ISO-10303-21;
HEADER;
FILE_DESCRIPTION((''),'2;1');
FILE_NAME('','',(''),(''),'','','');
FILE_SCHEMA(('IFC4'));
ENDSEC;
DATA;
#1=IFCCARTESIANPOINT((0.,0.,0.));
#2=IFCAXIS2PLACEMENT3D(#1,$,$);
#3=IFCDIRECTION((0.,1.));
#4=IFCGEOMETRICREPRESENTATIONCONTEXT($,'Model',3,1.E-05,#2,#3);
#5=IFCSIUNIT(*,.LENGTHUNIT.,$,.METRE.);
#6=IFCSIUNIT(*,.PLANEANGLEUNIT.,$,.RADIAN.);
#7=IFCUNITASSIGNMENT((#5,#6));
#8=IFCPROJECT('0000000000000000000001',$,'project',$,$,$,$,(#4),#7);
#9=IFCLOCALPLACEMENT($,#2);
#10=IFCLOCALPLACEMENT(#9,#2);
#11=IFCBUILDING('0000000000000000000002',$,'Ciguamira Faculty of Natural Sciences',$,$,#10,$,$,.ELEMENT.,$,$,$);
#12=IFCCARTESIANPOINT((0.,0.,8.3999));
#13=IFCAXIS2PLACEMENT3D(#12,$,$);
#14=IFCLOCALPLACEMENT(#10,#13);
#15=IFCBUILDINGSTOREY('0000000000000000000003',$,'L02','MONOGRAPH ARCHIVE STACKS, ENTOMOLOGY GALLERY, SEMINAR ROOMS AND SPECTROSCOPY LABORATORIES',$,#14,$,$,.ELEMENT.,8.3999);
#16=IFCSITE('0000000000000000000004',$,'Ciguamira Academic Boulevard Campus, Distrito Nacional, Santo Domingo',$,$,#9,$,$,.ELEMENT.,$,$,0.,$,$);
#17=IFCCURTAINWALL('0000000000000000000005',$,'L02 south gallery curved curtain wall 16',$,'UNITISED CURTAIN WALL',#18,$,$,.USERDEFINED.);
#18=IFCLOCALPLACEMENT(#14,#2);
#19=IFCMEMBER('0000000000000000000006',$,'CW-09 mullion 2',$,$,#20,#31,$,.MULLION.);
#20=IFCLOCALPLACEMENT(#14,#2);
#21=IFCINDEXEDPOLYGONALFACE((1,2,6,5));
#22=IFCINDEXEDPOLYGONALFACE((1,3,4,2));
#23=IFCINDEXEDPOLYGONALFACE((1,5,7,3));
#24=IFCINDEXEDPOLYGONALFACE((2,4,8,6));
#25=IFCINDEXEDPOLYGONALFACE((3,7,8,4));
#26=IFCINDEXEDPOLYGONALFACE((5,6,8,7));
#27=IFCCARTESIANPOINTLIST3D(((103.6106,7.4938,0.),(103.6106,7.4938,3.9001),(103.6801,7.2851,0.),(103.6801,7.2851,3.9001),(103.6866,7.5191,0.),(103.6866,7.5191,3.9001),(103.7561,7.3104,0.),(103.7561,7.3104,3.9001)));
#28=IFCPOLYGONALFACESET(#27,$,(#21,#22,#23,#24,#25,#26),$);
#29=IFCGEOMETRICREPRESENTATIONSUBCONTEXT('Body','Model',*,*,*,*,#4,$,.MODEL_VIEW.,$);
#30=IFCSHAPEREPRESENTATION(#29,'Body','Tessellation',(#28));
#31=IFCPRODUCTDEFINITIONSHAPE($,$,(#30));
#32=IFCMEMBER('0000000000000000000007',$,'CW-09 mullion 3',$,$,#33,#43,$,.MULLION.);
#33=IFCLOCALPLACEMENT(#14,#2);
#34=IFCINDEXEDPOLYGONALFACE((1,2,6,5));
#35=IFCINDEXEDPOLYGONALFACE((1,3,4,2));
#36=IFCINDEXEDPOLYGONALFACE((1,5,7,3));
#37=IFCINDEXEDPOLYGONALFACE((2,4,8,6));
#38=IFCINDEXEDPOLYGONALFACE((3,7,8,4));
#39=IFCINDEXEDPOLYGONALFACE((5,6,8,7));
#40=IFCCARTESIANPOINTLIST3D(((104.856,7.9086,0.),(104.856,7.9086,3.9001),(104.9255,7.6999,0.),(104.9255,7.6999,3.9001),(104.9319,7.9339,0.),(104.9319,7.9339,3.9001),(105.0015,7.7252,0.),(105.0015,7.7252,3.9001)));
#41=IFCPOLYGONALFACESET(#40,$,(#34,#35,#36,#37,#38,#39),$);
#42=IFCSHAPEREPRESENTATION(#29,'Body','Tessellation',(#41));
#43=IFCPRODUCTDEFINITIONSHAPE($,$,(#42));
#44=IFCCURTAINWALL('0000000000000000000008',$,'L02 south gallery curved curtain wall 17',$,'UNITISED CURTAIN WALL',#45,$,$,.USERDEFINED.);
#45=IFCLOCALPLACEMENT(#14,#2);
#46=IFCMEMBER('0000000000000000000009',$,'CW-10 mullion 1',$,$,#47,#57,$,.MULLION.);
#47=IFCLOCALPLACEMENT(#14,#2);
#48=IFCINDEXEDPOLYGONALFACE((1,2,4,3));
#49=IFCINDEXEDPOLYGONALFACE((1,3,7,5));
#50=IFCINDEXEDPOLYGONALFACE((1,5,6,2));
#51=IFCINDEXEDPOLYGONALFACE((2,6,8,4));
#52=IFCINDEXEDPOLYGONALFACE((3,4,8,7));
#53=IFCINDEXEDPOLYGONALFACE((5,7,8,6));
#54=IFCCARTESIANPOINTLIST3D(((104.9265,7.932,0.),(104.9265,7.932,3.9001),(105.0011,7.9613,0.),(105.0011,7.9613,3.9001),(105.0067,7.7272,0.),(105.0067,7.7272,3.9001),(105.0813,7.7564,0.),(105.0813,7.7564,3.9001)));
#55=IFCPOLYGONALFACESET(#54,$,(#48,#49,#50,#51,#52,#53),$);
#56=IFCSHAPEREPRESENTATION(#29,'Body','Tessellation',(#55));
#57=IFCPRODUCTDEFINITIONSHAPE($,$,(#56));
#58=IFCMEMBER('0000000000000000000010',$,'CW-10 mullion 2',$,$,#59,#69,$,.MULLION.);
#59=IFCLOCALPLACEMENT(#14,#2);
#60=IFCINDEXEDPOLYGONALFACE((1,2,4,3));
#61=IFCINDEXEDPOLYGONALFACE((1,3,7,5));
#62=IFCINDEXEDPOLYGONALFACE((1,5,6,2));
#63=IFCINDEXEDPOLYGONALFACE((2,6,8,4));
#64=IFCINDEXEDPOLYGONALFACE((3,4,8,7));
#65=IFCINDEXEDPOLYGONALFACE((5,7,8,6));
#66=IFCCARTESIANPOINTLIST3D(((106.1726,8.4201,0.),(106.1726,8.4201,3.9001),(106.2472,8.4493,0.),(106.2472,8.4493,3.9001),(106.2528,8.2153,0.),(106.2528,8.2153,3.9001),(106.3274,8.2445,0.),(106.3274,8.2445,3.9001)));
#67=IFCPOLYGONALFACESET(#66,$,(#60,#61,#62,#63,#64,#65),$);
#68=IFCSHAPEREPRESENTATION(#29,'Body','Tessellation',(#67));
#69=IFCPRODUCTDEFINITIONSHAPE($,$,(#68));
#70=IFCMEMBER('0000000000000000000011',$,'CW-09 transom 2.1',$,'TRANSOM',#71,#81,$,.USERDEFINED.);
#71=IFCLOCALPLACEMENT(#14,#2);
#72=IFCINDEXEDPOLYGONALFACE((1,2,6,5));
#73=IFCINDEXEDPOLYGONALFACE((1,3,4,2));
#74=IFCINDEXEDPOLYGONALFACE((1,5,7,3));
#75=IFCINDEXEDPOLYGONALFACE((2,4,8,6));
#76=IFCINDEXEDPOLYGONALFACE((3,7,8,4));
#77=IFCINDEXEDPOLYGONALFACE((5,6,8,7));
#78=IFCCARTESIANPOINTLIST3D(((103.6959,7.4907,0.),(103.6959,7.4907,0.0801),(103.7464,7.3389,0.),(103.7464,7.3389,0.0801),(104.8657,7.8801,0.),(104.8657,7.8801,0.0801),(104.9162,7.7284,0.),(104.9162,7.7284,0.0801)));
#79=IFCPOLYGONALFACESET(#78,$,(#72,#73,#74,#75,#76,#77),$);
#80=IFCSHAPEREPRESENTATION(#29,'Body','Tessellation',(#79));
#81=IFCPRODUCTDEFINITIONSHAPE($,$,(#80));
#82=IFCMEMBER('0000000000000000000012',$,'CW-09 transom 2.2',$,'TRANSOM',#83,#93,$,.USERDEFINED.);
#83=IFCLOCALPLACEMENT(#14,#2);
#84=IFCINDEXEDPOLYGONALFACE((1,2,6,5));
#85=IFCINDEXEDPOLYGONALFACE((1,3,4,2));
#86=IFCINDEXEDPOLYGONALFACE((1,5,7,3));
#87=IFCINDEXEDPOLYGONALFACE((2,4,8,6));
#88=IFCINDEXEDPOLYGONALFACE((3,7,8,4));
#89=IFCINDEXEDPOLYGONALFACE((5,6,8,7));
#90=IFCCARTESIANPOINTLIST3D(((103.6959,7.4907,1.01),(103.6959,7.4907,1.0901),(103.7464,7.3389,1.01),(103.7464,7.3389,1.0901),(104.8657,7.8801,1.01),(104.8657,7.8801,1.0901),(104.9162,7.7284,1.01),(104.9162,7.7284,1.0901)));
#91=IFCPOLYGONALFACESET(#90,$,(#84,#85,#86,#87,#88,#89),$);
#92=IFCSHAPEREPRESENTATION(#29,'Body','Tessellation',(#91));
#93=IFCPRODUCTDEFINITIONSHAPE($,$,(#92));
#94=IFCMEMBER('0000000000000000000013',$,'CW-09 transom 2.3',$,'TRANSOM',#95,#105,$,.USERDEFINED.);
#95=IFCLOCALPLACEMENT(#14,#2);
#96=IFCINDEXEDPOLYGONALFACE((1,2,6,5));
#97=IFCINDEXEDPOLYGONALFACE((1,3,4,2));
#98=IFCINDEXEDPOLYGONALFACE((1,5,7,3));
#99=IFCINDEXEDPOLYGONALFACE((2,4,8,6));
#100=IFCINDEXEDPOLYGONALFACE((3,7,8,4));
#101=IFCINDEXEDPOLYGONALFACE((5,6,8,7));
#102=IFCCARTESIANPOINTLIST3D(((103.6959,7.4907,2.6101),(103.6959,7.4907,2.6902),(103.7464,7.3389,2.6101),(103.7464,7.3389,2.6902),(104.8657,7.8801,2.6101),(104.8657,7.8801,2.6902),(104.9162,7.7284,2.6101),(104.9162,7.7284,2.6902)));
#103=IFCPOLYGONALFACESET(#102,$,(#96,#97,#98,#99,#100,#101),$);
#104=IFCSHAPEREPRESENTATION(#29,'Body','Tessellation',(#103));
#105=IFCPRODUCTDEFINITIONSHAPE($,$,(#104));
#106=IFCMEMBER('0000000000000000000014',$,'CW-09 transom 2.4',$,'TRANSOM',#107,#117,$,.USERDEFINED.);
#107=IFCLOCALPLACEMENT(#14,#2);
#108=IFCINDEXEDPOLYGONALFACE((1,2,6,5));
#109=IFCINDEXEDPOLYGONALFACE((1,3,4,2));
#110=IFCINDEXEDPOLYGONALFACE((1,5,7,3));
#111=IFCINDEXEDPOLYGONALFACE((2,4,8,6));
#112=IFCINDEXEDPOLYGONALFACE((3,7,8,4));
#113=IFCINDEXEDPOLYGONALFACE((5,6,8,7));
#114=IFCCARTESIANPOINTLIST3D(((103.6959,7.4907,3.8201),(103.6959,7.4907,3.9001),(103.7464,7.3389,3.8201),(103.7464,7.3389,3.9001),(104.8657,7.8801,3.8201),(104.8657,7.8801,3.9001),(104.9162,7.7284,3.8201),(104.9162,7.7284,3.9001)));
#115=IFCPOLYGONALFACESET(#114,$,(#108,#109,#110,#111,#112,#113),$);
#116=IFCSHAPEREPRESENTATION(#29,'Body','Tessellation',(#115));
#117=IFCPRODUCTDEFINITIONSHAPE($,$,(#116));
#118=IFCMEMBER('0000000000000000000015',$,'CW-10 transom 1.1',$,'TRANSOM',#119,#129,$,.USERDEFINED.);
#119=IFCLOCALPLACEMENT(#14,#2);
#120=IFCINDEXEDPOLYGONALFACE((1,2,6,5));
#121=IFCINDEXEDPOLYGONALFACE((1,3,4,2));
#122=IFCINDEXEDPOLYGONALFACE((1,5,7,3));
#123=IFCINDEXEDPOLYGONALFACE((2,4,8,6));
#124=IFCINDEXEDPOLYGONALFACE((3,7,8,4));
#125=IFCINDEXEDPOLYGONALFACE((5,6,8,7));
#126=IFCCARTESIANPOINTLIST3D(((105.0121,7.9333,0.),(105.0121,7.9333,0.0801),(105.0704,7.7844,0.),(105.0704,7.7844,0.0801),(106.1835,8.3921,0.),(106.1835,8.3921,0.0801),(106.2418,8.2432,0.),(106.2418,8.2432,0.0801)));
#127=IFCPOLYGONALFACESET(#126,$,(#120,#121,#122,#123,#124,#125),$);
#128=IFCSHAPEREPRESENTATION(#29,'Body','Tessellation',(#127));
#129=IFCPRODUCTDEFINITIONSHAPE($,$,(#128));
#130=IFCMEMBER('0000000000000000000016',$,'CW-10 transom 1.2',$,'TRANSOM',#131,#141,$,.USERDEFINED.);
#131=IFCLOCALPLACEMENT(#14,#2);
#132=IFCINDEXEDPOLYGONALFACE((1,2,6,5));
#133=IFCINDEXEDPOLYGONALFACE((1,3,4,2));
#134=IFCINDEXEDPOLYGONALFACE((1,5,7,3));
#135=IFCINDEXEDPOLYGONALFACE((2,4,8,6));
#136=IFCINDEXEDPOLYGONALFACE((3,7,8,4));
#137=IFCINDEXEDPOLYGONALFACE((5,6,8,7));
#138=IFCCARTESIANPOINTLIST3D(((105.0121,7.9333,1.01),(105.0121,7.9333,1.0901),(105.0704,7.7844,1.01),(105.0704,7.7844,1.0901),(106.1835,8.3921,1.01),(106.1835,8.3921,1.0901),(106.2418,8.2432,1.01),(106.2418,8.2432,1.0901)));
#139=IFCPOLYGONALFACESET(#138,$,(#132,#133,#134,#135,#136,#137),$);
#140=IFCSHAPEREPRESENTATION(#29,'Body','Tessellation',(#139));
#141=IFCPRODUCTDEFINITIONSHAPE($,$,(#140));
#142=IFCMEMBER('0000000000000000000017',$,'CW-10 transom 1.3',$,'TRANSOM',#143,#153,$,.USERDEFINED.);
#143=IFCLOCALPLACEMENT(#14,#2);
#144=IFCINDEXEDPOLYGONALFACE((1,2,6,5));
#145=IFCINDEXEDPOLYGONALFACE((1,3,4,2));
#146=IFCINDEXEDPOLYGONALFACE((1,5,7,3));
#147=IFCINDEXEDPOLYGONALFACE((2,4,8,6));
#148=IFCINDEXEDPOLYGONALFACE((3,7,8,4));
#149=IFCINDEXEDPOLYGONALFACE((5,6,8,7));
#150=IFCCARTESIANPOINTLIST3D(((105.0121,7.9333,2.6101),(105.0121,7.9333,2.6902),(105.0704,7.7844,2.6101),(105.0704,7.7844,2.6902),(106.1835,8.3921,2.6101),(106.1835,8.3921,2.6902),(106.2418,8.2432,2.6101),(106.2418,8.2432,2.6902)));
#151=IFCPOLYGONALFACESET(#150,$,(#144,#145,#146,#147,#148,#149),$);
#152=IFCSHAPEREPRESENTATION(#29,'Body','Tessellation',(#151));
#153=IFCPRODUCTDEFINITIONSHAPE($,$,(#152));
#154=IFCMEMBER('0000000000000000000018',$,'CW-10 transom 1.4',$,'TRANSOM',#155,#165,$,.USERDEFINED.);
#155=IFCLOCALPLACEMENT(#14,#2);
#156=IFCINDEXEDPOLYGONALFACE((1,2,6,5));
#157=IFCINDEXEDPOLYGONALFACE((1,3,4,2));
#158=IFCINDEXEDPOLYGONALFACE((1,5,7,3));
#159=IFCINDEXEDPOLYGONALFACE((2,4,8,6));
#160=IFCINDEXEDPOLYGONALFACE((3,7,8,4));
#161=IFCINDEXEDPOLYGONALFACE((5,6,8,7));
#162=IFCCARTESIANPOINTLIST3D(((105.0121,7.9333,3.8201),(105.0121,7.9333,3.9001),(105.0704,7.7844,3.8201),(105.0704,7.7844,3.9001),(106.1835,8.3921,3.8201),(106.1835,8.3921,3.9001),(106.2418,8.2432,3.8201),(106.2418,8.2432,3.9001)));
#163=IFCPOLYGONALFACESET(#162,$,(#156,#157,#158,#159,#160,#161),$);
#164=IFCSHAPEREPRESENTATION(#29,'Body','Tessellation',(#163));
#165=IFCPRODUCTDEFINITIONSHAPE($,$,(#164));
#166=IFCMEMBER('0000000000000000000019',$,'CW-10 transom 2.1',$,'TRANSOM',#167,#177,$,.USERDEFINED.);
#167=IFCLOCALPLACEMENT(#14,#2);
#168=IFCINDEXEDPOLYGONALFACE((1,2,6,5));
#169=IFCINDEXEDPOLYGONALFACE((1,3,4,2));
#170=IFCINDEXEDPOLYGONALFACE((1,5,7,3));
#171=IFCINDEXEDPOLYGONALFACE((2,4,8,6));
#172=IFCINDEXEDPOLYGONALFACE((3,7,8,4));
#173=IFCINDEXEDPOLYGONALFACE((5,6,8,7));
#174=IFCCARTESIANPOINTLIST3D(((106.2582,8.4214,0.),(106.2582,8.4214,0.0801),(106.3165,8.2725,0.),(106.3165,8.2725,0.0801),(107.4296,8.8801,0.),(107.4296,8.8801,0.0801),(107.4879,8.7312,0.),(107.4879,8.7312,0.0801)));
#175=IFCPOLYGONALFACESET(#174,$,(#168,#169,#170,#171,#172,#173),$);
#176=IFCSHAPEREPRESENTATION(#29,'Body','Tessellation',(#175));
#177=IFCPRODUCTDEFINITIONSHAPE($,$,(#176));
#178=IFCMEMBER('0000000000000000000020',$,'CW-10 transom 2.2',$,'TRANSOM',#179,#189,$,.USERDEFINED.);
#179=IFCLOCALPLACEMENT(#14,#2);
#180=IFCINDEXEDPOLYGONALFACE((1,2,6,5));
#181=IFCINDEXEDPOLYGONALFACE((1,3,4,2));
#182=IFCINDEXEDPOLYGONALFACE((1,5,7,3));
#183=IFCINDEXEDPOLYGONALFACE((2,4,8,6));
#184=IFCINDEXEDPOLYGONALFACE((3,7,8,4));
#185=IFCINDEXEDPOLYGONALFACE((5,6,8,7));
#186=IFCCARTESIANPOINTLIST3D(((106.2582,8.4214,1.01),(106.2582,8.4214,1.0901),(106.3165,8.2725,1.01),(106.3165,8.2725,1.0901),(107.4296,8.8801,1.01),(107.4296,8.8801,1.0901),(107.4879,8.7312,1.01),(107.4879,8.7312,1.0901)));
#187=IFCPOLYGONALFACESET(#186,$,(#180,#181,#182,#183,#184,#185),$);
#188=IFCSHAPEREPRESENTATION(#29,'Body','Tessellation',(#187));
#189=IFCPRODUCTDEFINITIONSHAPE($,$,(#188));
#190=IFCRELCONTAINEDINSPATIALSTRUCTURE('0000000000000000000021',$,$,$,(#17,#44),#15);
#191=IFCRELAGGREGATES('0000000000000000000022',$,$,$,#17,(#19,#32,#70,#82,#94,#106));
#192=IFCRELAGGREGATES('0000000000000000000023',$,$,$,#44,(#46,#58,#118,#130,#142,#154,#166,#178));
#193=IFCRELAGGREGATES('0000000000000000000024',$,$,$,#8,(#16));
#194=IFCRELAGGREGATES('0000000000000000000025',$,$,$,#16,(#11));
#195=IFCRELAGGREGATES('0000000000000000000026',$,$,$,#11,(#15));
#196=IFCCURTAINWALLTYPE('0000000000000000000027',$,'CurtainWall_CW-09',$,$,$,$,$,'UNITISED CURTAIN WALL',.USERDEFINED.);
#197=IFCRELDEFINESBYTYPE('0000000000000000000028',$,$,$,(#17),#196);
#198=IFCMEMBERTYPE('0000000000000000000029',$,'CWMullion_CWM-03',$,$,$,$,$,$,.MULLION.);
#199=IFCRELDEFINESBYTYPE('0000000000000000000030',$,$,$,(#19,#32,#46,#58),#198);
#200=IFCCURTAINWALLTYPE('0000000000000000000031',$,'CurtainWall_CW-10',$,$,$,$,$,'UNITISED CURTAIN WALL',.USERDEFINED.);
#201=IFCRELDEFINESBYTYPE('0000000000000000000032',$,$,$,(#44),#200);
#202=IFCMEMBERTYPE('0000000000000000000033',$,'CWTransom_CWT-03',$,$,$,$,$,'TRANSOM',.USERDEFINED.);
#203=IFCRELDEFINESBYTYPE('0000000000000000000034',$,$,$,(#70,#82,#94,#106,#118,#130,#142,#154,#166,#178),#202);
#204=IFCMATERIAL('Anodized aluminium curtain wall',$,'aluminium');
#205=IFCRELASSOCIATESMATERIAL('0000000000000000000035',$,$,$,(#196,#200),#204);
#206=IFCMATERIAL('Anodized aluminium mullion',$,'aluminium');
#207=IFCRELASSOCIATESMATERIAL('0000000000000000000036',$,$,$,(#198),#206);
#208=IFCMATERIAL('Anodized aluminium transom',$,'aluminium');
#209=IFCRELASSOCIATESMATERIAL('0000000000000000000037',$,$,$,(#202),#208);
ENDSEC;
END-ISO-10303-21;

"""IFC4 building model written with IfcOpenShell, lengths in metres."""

from ifc_helpers import new_model, si_unit, direction, frame, origin, origin_2d, place, context, subcontext, project, spatial, rectangle, extrude, material, material_profile, profile_set, type_object, element, aggregate, save


model = new_model("IFC4")

# Units and contexts
model_context = context("Model", 3, precision=1e-05, world=origin(), true_north=direction((0.0, 1.0)))
body_context = subcontext(model_context, "Body", "Model", "MODEL_VIEW")
ifc_project = project(units=[si_unit("LENGTHUNIT", "METRE"), si_unit("PLANEANGLEUNIT", "RADIAN")], contexts=[model_context])

# Site, building, storey
site_placement = place(None, origin())
site = spatial("IfcSite", under=ifc_project, at=site_placement, Name="Ciguamira Academic Boulevard Campus, Distrito Nacional, Santo Domingo", CompositionType="ELEMENT", RefElevation=0.0)
building_placement = place(site_placement, origin())
building = spatial("IfcBuilding", under=site, at=building_placement, Name="Ciguamira Faculty of Natural Sciences", CompositionType="ELEMENT")
storey_placement = place(building_placement, frame((0.0, 0.0, 8.3999)))
storey = spatial("IfcBuildingStorey", under=building, at=storey_placement, Name="L02", Description="MONOGRAPH ARCHIVE STACKS, ENTOMOLOGY GALLERY, SEMINAR ROOMS AND SPECTROSCOPY LABORATORIES", CompositionType="ELEMENT", Elevation=8.3999)

# Curtain walls, members
ifc_material_1 = material(Name="Anodized aluminium curtain wall", Category="aluminium")
curtain_wall_type_1 = type_object("IfcCurtainWallType", Name="CurtainWall_CW-09", ElementType="UNITISED CURTAIN WALL", PredefinedType="USERDEFINED", material=ifc_material_1)
curtain_wall_1_placement = place(storey_placement, origin())
curtain_wall_1 = element("IfcCurtainWall", 1, at=curtain_wall_1_placement, inside=storey, type_object=curtain_wall_type_1, Name="L02 south gallery curved curtain wall 16", ObjectType="UNITISED CURTAIN WALL", PredefinedType="USERDEFINED")
ifc_material_2 = material(Name="Anodized aluminium mullion", Category="aluminium")
ifc_material_profile_1 = material_profile(ifc_material_2, rectangle(XDim=0.0801, YDim=0.22, at=origin_2d()), Name="ALU-MUL-80X220")
ifc_profile_set_1 = profile_set([ifc_material_profile_1], Name="Anodized aluminium mullion")
member_type_1 = type_object("IfcMemberType", Name="CWMullion_CWM-03", PredefinedType="MULLION", material=ifc_profile_set_1)
member_1_placement = place(storey_placement, frame((103.6833, 7.4021, 0.0), z_axis=(0.0, 0.0, 1.0), x_axis=(0.948735, 0.316073, 0.0)))
member_1 = element("IfcMember", 2, at=member_1_placement, type_object=member_type_1, Name="CW-09 mullion 2", PredefinedType="MULLION", context=body_context, shape_type="SweptSolid", body=[
    extrude(rectangle(XDim=0.0801, YDim=0.22, at=origin_2d()), origin(), (0.0, 0.0, 1.0), 3.9001),
])
member_2_placement = place(storey_placement, frame((104.9287, 7.8169, 0.0), z_axis=(0.0, 0.0, 1.0), x_axis=(0.948735, 0.316073, 0.0)))
member_2 = element("IfcMember", 3, at=member_2_placement, type_object=member_type_1, Name="CW-09 mullion 3", PredefinedType="MULLION", context=body_context, shape_type="SweptSolid", body=[
    extrude(rectangle(XDim=0.0801, YDim=0.22, at=origin_2d()), origin(), (0.0, 0.0, 1.0), 3.9001),
])
curtain_wall_type_2 = type_object("IfcCurtainWallType", Name="CurtainWall_CW-10", ElementType="UNITISED CURTAIN WALL", PredefinedType="USERDEFINED", material=ifc_material_1)
curtain_wall_2_placement = place(storey_placement, origin())
curtain_wall_2 = element("IfcCurtainWall", 4, at=curtain_wall_2_placement, inside=storey, type_object=curtain_wall_type_2, Name="L02 south gallery curved curtain wall 17", ObjectType="UNITISED CURTAIN WALL", PredefinedType="USERDEFINED")
member_3_placement = place(storey_placement, frame((105.0039, 7.8442, 0.0), z_axis=(0.0, 0.0, 1.0), x_axis=(0.931122, 0.364707, 0.0)))
member_3 = element("IfcMember", 5, at=member_3_placement, type_object=member_type_1, Name="CW-10 mullion 1", PredefinedType="MULLION", context=body_context, shape_type="SweptSolid", body=[
    extrude(rectangle(XDim=0.0801, YDim=0.22, at=origin_2d()), origin(), (0.0, 0.0, 1.0), 3.9001),
])
member_4_placement = place(storey_placement, frame((106.25, 8.3323, 0.0), z_axis=(0.0, 0.0, 1.0), x_axis=(0.931122, 0.364707, 0.0)))
member_4 = element("IfcMember", 6, at=member_4_placement, type_object=member_type_1, Name="CW-10 mullion 2", PredefinedType="MULLION", context=body_context, shape_type="SweptSolid", body=[
    extrude(rectangle(XDim=0.0801, YDim=0.22, at=origin_2d()), origin(), (0.0, 0.0, 1.0), 3.9001),
])

# Members
ifc_material_3 = material(Name="Anodized aluminium transom", Category="aluminium")
ifc_material_profile_2 = material_profile(ifc_material_3, rectangle(XDim=0.0801, YDim=0.1599, at=origin_2d()), Name="ALU-TRN-80X160")
ifc_profile_set_2 = profile_set([ifc_material_profile_2], Name="Anodized aluminium transom")
member_type_2 = type_object("IfcMemberType", Name="CWTransom_CWT-03", ElementType="TRANSOM", PredefinedType="USERDEFINED", material=ifc_profile_set_2)
member_5_placement = place(storey_placement, frame((103.7212, 7.4148, 0.04), z_axis=(0.948802, 0.315871, 0.0), x_axis=(0.0, 0.0, 1.0)))
member_5 = element("IfcMember", 7, at=member_5_placement, type_object=member_type_2, Name="CW-09 transom 2.1", ObjectType="TRANSOM", PredefinedType="USERDEFINED", context=body_context, shape_type="SweptSolid", body=[
    extrude(rectangle(XDim=0.0801, YDim=0.1599, at=origin_2d()), origin(), (0.0, 0.0, 1.0), 1.2329),
])
member_6_placement = place(storey_placement, frame((103.7212, 7.4148, 1.05), z_axis=(0.948802, 0.315871, 0.0), x_axis=(0.0, 0.0, 1.0)))
member_6 = element("IfcMember", 8, at=member_6_placement, type_object=member_type_2, Name="CW-09 transom 2.2", ObjectType="TRANSOM", PredefinedType="USERDEFINED", context=body_context, shape_type="SweptSolid", body=[
    extrude(rectangle(XDim=0.0801, YDim=0.1599, at=origin_2d()), origin(), (0.0, 0.0, 1.0), 1.2329),
])
member_7_placement = place(storey_placement, frame((103.7212, 7.4148, 2.6501), z_axis=(0.948802, 0.315871, 0.0), x_axis=(0.0, 0.0, 1.0)))
member_7 = element("IfcMember", 9, at=member_7_placement, type_object=member_type_2, Name="CW-09 transom 2.3", ObjectType="TRANSOM", PredefinedType="USERDEFINED", context=body_context, shape_type="SweptSolid", body=[
    extrude(rectangle(XDim=0.0801, YDim=0.1599, at=origin_2d()), origin(), (0.0, 0.0, 1.0), 1.2329),
])
member_8_placement = place(storey_placement, frame((103.7212, 7.4148, 3.8601), z_axis=(0.948802, 0.315871, 0.0), x_axis=(0.0, 0.0, 1.0)))
member_8 = element("IfcMember", 10, at=member_8_placement, type_object=member_type_2, Name="CW-09 transom 2.4", ObjectType="TRANSOM", PredefinedType="USERDEFINED", context=body_context, shape_type="SweptSolid", body=[
    extrude(rectangle(XDim=0.0801, YDim=0.1599, at=origin_2d()), origin(), (0.0, 0.0, 1.0), 1.2329),
])
member_9_placement = place(storey_placement, frame((105.0413, 7.8589, 0.04), z_axis=(0.931143, 0.364655, 0.0), x_axis=(0.0, 0.0, 1.0)))
member_9 = element("IfcMember", 11, at=member_9_placement, type_object=member_type_2, Name="CW-10 transom 1.1", ObjectType="TRANSOM", PredefinedType="USERDEFINED", context=body_context, shape_type="SweptSolid", body=[
    extrude(rectangle(XDim=0.0801, YDim=0.1599, at=origin_2d()), origin(), (0.0, 0.0, 1.0), 1.2581),
])
member_10_placement = place(storey_placement, frame((105.0413, 7.8589, 1.05), z_axis=(0.931143, 0.364655, 0.0), x_axis=(0.0, 0.0, 1.0)))
member_10 = element("IfcMember", 12, at=member_10_placement, type_object=member_type_2, Name="CW-10 transom 1.2", ObjectType="TRANSOM", PredefinedType="USERDEFINED", context=body_context, shape_type="SweptSolid", body=[
    extrude(rectangle(XDim=0.0801, YDim=0.1599, at=origin_2d()), origin(), (0.0, 0.0, 1.0), 1.2581),
])
member_11_placement = place(storey_placement, frame((105.0413, 7.8589, 2.6501), z_axis=(0.931143, 0.364655, 0.0), x_axis=(0.0, 0.0, 1.0)))
member_11 = element("IfcMember", 13, at=member_11_placement, type_object=member_type_2, Name="CW-10 transom 1.3", ObjectType="TRANSOM", PredefinedType="USERDEFINED", context=body_context, shape_type="SweptSolid", body=[
    extrude(rectangle(XDim=0.0801, YDim=0.1599, at=origin_2d()), origin(), (0.0, 0.0, 1.0), 1.2581),
])
member_12_placement = place(storey_placement, frame((105.0413, 7.8589, 3.8601), z_axis=(0.931143, 0.364655, 0.0), x_axis=(0.0, 0.0, 1.0)))
member_12 = element("IfcMember", 14, at=member_12_placement, type_object=member_type_2, Name="CW-10 transom 1.4", ObjectType="TRANSOM", PredefinedType="USERDEFINED", context=body_context, shape_type="SweptSolid", body=[
    extrude(rectangle(XDim=0.0801, YDim=0.1599, at=origin_2d()), origin(), (0.0, 0.0, 1.0), 1.2581),
])
member_13_placement = place(storey_placement, frame((106.2874, 8.3469, 0.04), z_axis=(0.931143, 0.364655, 0.0), x_axis=(0.0, 0.0, 1.0)))
member_13 = element("IfcMember", 15, at=member_13_placement, type_object=member_type_2, Name="CW-10 transom 2.1", ObjectType="TRANSOM", PredefinedType="USERDEFINED", context=body_context, shape_type="SweptSolid", body=[
    extrude(rectangle(XDim=0.0801, YDim=0.1599, at=origin_2d()), origin(), (0.0, 0.0, 1.0), 1.2581),
])
member_14_placement = place(storey_placement, frame((106.2874, 8.3469, 1.05), z_axis=(0.931143, 0.364655, 0.0), x_axis=(0.0, 0.0, 1.0)))
member_14 = element("IfcMember", 16, at=member_14_placement, type_object=member_type_2, Name="CW-10 transom 2.2", ObjectType="TRANSOM", PredefinedType="USERDEFINED", context=body_context, shape_type="SweptSolid", body=[
    extrude(rectangle(XDim=0.0801, YDim=0.1599, at=origin_2d()), origin(), (0.0, 0.0, 1.0), 1.2581),
])

aggregate(curtain_wall_1, [member_1, member_2, member_5, member_6, member_7, member_8])
aggregate(curtain_wall_2, [member_3, member_4, member_9, member_10, member_11, member_12, member_13, member_14])

save(model, "model.ifc")
